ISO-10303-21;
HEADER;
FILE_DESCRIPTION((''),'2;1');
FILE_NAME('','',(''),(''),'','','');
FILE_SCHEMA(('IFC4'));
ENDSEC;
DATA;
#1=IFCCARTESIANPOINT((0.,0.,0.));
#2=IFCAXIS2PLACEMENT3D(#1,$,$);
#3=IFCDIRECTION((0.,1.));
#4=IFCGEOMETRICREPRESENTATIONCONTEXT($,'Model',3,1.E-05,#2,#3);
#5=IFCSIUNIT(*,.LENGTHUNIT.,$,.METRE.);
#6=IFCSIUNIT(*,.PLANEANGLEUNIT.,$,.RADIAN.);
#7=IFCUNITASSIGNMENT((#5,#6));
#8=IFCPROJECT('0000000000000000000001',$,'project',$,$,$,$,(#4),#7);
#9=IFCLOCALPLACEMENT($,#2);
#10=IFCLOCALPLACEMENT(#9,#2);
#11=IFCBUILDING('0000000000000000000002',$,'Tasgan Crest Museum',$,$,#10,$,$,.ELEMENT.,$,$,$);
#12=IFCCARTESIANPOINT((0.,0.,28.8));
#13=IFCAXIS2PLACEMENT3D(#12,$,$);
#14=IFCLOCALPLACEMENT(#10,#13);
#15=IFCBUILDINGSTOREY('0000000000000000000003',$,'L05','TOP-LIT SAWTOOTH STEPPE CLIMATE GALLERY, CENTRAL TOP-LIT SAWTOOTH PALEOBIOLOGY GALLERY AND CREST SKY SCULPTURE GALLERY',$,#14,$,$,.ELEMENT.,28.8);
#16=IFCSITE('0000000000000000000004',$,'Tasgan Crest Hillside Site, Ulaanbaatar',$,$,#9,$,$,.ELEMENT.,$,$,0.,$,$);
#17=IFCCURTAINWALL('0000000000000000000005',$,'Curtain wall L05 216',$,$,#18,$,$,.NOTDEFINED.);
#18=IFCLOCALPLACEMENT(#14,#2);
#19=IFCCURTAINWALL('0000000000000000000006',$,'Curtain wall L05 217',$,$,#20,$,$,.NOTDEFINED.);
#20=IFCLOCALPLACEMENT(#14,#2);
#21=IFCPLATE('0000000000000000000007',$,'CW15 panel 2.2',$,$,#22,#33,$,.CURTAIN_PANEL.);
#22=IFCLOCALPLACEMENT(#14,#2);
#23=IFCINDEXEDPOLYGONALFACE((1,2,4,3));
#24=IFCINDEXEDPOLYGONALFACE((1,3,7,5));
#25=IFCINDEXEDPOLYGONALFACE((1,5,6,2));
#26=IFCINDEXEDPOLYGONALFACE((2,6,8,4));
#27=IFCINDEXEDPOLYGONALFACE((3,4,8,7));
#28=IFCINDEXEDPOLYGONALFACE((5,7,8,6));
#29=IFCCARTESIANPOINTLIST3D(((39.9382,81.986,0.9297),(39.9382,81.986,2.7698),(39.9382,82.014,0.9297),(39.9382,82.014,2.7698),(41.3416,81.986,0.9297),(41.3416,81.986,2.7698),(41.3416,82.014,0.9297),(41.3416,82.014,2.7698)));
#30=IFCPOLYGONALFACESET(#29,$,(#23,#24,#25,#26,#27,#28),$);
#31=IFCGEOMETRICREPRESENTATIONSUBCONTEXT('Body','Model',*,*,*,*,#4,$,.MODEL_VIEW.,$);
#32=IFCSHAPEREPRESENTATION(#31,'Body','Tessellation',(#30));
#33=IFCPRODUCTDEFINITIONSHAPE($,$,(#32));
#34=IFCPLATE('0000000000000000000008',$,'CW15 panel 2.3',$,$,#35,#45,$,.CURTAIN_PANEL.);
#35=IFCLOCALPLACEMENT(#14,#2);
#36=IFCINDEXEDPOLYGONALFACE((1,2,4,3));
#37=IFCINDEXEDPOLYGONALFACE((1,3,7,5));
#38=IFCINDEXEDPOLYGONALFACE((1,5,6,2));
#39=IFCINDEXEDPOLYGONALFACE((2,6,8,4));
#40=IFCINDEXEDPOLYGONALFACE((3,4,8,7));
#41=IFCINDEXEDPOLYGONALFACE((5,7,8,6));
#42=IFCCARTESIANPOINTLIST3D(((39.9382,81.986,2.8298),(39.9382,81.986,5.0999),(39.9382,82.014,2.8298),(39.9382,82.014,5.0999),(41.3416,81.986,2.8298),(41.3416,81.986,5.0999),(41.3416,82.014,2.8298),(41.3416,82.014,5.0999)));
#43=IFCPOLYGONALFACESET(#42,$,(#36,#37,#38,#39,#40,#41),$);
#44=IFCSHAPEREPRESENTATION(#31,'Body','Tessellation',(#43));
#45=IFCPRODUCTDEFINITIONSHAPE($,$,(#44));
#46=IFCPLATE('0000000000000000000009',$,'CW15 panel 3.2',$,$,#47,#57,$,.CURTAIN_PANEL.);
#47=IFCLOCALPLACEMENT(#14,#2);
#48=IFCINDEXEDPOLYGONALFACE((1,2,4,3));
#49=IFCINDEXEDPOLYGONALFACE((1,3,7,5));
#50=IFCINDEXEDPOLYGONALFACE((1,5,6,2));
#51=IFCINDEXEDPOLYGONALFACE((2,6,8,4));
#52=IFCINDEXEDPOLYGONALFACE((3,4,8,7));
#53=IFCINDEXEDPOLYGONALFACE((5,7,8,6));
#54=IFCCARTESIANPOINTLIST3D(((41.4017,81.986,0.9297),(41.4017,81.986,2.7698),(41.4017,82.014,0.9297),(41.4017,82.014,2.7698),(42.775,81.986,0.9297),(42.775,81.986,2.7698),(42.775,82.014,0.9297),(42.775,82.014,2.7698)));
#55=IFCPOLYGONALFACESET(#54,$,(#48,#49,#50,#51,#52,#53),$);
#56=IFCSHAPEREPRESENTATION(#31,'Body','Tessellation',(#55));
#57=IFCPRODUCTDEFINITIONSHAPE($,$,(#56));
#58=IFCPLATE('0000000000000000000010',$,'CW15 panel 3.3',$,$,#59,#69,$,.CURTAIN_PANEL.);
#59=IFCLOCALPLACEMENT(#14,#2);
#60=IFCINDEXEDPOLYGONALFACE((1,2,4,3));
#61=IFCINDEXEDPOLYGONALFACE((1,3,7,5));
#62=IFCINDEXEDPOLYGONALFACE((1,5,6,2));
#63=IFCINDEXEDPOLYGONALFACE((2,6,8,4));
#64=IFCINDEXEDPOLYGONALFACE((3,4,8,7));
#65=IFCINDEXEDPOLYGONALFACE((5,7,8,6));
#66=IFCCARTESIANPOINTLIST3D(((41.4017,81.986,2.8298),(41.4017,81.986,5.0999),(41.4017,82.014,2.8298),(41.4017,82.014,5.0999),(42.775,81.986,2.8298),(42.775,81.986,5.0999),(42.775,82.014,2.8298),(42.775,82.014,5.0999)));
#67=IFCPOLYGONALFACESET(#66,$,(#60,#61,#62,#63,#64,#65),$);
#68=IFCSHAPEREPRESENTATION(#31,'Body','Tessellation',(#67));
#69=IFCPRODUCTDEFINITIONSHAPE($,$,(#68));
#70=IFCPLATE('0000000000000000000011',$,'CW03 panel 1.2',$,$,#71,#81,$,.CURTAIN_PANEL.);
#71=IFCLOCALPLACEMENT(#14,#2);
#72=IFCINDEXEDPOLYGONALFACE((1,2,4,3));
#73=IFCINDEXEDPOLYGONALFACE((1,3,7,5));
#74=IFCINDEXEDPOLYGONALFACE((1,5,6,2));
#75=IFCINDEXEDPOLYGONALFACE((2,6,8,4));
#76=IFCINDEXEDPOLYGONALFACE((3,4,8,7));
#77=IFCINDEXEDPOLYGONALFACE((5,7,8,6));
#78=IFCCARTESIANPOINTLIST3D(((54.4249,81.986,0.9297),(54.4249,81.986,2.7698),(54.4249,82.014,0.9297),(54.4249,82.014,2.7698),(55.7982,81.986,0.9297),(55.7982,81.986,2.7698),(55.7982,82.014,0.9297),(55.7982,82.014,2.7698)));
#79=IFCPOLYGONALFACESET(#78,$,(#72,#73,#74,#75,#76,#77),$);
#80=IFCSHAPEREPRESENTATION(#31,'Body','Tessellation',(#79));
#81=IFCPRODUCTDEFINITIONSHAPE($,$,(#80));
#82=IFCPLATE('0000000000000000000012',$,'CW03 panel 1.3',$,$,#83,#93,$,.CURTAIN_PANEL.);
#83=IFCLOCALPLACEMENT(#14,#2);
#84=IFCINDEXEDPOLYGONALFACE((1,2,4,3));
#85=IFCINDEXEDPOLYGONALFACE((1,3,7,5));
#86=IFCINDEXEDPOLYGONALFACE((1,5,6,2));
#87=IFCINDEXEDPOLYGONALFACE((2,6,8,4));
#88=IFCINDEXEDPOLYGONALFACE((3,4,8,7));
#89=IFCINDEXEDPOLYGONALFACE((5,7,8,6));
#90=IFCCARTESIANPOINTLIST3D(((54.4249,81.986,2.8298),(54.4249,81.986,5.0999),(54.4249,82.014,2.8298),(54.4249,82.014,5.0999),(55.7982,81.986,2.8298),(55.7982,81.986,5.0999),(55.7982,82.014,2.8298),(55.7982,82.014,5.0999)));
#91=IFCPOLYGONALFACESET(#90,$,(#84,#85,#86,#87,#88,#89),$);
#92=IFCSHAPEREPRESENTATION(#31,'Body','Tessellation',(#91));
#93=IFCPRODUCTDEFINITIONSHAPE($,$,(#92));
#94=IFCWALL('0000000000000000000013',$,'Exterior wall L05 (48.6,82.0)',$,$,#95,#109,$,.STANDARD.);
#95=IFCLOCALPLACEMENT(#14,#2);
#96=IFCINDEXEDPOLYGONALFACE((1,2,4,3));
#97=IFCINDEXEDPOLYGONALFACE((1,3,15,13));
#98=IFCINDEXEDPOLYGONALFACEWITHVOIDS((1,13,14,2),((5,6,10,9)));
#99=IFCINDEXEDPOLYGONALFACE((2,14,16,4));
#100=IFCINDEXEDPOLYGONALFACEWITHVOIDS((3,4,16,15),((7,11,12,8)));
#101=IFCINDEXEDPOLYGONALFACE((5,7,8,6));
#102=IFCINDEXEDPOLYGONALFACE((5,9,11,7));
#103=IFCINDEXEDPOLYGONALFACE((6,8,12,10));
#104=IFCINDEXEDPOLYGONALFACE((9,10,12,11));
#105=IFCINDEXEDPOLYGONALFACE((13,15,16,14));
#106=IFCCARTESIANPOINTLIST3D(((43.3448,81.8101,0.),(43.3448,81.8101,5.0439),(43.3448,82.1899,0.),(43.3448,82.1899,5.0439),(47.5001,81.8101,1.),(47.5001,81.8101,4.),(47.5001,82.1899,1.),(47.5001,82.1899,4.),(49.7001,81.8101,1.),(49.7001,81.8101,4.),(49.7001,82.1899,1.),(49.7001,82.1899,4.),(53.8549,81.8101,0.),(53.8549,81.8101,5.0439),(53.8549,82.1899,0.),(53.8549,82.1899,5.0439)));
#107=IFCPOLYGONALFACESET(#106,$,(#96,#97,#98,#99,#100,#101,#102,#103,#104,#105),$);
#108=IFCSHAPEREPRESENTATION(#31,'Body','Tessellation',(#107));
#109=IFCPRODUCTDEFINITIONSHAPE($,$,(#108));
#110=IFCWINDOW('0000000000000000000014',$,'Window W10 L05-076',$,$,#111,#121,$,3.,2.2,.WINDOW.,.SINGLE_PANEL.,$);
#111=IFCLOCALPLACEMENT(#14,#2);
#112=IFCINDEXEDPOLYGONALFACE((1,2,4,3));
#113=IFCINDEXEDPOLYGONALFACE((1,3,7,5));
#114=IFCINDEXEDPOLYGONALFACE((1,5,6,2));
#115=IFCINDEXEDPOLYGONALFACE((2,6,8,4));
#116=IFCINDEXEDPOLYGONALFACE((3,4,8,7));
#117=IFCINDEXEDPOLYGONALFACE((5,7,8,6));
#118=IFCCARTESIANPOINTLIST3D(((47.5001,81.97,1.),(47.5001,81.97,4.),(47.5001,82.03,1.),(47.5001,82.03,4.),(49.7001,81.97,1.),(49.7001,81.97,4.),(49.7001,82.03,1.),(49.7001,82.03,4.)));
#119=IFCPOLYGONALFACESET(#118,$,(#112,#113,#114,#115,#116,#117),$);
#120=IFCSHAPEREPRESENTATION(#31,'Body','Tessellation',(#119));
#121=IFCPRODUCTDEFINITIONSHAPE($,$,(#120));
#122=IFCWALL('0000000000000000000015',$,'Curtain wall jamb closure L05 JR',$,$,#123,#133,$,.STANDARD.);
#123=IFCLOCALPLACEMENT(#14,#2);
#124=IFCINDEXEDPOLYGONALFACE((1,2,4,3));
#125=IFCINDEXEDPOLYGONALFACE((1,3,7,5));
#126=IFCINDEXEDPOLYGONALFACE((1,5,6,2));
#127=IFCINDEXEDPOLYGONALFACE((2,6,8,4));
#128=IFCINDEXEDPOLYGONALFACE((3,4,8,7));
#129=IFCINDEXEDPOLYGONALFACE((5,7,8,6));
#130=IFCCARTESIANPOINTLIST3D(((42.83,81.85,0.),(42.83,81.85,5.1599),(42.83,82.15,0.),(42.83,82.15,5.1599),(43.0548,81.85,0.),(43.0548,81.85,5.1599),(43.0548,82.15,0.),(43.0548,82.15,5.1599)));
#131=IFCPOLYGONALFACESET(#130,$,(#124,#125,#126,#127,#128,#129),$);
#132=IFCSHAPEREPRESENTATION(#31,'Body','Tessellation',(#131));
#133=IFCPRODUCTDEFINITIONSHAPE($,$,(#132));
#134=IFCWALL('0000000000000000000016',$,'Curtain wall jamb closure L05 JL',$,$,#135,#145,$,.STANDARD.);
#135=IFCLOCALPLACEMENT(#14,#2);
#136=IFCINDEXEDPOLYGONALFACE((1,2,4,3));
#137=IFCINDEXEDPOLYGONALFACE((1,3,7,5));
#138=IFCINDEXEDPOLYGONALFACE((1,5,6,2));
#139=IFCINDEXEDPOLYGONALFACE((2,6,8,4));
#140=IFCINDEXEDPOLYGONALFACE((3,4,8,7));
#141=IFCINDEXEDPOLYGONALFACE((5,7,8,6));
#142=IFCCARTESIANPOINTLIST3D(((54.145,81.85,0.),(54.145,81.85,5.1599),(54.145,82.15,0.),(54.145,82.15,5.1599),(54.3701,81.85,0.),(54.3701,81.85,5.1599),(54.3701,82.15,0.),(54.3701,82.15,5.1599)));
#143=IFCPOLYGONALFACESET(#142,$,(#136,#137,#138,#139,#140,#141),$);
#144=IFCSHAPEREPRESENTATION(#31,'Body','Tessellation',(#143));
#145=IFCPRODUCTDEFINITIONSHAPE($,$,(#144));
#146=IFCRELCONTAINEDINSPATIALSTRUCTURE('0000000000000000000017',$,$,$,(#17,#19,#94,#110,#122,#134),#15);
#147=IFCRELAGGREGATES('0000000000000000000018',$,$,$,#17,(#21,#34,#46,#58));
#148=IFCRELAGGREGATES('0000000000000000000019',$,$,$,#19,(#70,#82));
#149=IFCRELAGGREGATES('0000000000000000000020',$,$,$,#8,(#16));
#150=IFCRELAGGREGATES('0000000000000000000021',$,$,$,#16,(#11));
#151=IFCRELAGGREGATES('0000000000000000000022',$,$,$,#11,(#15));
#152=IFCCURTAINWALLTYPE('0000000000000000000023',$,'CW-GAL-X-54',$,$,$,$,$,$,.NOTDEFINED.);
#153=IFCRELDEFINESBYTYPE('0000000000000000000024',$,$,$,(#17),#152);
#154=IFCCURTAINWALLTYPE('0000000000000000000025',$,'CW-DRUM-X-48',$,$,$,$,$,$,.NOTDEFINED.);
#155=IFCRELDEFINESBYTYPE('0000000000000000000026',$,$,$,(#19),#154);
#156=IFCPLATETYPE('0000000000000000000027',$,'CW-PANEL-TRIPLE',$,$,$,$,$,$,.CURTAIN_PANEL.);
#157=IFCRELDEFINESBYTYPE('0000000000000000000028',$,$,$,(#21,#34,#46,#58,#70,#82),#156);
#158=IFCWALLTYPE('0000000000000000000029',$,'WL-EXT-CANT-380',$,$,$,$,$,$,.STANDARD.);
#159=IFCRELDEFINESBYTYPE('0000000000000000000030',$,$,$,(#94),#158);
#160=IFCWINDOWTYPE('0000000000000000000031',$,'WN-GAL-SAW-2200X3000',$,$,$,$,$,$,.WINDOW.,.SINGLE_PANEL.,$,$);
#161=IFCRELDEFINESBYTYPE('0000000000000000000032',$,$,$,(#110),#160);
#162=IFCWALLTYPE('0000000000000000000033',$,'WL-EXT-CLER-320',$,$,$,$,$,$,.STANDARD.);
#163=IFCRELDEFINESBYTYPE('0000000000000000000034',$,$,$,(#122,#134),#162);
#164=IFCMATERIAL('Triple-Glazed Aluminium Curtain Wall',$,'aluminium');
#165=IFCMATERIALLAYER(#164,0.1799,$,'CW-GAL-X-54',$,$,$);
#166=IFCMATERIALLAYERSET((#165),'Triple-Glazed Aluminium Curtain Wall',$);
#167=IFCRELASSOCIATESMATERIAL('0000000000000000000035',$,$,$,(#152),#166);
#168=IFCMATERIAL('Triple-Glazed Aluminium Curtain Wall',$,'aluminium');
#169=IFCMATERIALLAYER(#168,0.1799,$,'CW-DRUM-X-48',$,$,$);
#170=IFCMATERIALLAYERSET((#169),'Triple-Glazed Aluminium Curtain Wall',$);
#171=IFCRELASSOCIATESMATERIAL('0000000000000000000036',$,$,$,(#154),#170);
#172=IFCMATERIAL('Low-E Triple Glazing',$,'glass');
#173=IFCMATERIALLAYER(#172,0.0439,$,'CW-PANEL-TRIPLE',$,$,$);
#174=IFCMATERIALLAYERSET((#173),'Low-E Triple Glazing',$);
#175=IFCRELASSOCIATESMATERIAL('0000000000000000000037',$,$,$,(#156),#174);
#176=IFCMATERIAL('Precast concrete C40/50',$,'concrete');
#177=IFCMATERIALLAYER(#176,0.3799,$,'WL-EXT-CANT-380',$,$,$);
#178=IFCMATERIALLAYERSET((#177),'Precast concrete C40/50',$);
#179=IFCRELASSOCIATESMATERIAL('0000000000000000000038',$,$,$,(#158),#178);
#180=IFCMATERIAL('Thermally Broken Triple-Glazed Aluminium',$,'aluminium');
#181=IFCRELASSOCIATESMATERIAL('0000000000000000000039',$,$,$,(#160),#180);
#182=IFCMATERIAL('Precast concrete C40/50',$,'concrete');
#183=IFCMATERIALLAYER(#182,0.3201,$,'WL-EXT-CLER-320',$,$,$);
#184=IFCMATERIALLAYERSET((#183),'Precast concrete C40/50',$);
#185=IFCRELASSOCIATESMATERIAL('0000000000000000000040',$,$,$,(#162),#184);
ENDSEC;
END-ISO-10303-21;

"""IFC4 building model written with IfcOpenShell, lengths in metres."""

from ifc_helpers import new_model, si_unit, direction, frame, frame_2d, origin, origin_2d, place, context, subcontext, project, spatial, rectangle, extrude, material, layer, layer_set, type_object, element, fill, aggregate, save


model = new_model("IFC4")

# Units and contexts
model_context = context("Model", 3, precision=1e-05, world=origin(), true_north=direction((0.0, 1.0)))
body_context = subcontext(model_context, "Body", "Model", "MODEL_VIEW")
ifc_project = project(units=[si_unit("LENGTHUNIT", "METRE"), si_unit("PLANEANGLEUNIT", "RADIAN")], contexts=[model_context])

# Site, building, storey
site_placement = place(None, origin())
site = spatial("IfcSite", under=ifc_project, at=site_placement, Name="Tasgan Crest Hillside Site, Ulaanbaatar", CompositionType="ELEMENT", RefElevation=0.0)
building_placement = place(site_placement, origin())
building = spatial("IfcBuilding", under=site, at=building_placement, Name="Tasgan Crest Museum", CompositionType="ELEMENT")
storey_placement = place(building_placement, frame((0.0, 0.0, 28.8)))
storey = spatial("IfcBuildingStorey", under=building, at=storey_placement, Name="L05", Description="TOP-LIT SAWTOOTH STEPPE CLIMATE GALLERY, CENTRAL TOP-LIT SAWTOOTH PALEOBIOLOGY GALLERY AND CREST SKY SCULPTURE GALLERY", CompositionType="ELEMENT", Elevation=28.8)

# Curtain walls
ifc_material_1 = material(Name="Triple-Glazed Aluminium Curtain Wall", Category="aluminium")
ifc_layer_1 = layer(ifc_material_1, 0.1799, Name="CW-GAL-X-54")
ifc_layer_set_1 = layer_set([ifc_layer_1], Name="Triple-Glazed Aluminium Curtain Wall")
curtain_wall_type_1 = type_object("IfcCurtainWallType", Name="CW-GAL-X-54", PredefinedType="NOTDEFINED", material=ifc_layer_set_1)
curtain_wall_1_placement = place(storey_placement, origin())
curtain_wall_1 = element("IfcCurtainWall", 1, at=curtain_wall_1_placement, inside=storey, type_object=curtain_wall_type_1, Name="Curtain wall L05 216", PredefinedType="NOTDEFINED")
ifc_material_2 = material(Name="Triple-Glazed Aluminium Curtain Wall", Category="aluminium")
ifc_layer_2 = layer(ifc_material_2, 0.1799, Name="CW-DRUM-X-48")
ifc_layer_set_2 = layer_set([ifc_layer_2], Name="Triple-Glazed Aluminium Curtain Wall")
curtain_wall_type_2 = type_object("IfcCurtainWallType", Name="CW-DRUM-X-48", PredefinedType="NOTDEFINED", material=ifc_layer_set_2)
curtain_wall_2_placement = place(storey_placement, origin())
curtain_wall_2 = element("IfcCurtainWall", 2, at=curtain_wall_2_placement, inside=storey, type_object=curtain_wall_type_2, Name="Curtain wall L05 217", PredefinedType="NOTDEFINED")

# Plates
ifc_material_3 = material(Name="Low-E Triple Glazing", Category="glass")
ifc_layer_3 = layer(ifc_material_3, 0.0439, Name="CW-PANEL-TRIPLE")
ifc_layer_set_3 = layer_set([ifc_layer_3], Name="Low-E Triple Glazing")
plate_type_1 = type_object("IfcPlateType", Name="CW-PANEL-TRIPLE", PredefinedType="CURTAIN_PANEL", material=ifc_layer_set_3)
plate_1_placement = place(storey_placement, frame((40.6399, 82.0, 0.9297), z_axis=(0.0, 0.0, 1.0), x_axis=(1.0, 0.0, 0.0)))
plate_1 = element("IfcPlate", 3, at=plate_1_placement, type_object=plate_type_1, Name="CW15 panel 2.2", PredefinedType="CURTAIN_PANEL", context=body_context, shape_type="SweptSolid", body=[
    extrude(rectangle(XDim=1.4033, YDim=0.0281, at=origin_2d()), origin(), (0.0, 0.0, 1.0), 1.8401),
])
plate_2_placement = place(storey_placement, frame((40.6399, 82.0, 2.8298), z_axis=(0.0, 0.0, 1.0), x_axis=(1.0, 0.0, 0.0)))
plate_2 = element("IfcPlate", 4, at=plate_2_placement, type_object=plate_type_1, Name="CW15 panel 2.3", PredefinedType="CURTAIN_PANEL", context=body_context, shape_type="SweptSolid", body=[
    extrude(rectangle(XDim=1.4033, YDim=0.0281, at=origin_2d()), origin(), (0.0, 0.0, 1.0), 2.27),
])
plate_3_placement = place(storey_placement, frame((42.0884, 82.0, 0.9297), z_axis=(0.0, 0.0, 1.0), x_axis=(1.0, 0.0, 0.0)))
plate_3 = element("IfcPlate", 5, at=plate_3_placement, type_object=plate_type_1, Name="CW15 panel 3.2", PredefinedType="CURTAIN_PANEL", context=body_context, shape_type="SweptSolid", body=[
    extrude(rectangle(XDim=1.3733, YDim=0.0281, at=origin_2d()), origin(), (0.0, 0.0, 1.0), 1.8401),
])
plate_4_placement = place(storey_placement, frame((42.0884, 82.0, 2.8298), z_axis=(0.0, 0.0, 1.0), x_axis=(1.0, 0.0, 0.0)))
plate_4 = element("IfcPlate", 6, at=plate_4_placement, type_object=plate_type_1, Name="CW15 panel 3.3", PredefinedType="CURTAIN_PANEL", context=body_context, shape_type="SweptSolid", body=[
    extrude(rectangle(XDim=1.3733, YDim=0.0281, at=origin_2d()), origin(), (0.0, 0.0, 1.0), 2.27),
])
aggregate(curtain_wall_1, [plate_1, plate_2, plate_3, plate_4])
plate_5_placement = place(storey_placement, frame((55.1116, 82.0, 0.9297), z_axis=(0.0, 0.0, 1.0), x_axis=(1.0, 0.0, 0.0)))
plate_5 = element("IfcPlate", 7, at=plate_5_placement, type_object=plate_type_1, Name="CW03 panel 1.2", PredefinedType="CURTAIN_PANEL", context=body_context, shape_type="SweptSolid", body=[
    extrude(rectangle(XDim=1.3733, YDim=0.0281, at=origin_2d()), origin(), (0.0, 0.0, 1.0), 1.8401),
])
plate_6_placement = place(storey_placement, frame((55.1116, 82.0, 2.8298), z_axis=(0.0, 0.0, 1.0), x_axis=(1.0, 0.0, 0.0)))
plate_6 = element("IfcPlate", 8, at=plate_6_placement, type_object=plate_type_1, Name="CW03 panel 1.3", PredefinedType="CURTAIN_PANEL", context=body_context, shape_type="SweptSolid", body=[
    extrude(rectangle(XDim=1.3733, YDim=0.0281, at=origin_2d()), origin(), (0.0, 0.0, 1.0), 2.27),
])
aggregate(curtain_wall_2, [plate_5, plate_6])

# Wall, opening, window
ifc_material_4 = material(Name="Precast concrete C40/50", Category="concrete")
ifc_layer_4 = layer(ifc_material_4, 0.3799, Name="WL-EXT-CANT-380")
ifc_layer_set_4 = layer_set([ifc_layer_4], Name="Precast concrete C40/50")
wall_type_1 = type_object("IfcWallType", Name="WL-EXT-CANT-380", PredefinedType="STANDARD", material=ifc_layer_set_4)
wall_1_placement = place(storey_placement, frame((43.345, 82.0, 0.0), z_axis=(0.0, 0.0, 1.0), x_axis=(1.0, 0.0, 0.0)))
wall_1 = element("IfcWall", 9, at=wall_1_placement, inside=storey, type_object=wall_type_1, Name="Exterior wall L05 (48.6,82.0)", PredefinedType="STANDARD", context=body_context, shape_type="SweptSolid", body=[
    extrude(rectangle(XDim=10.51, YDim=0.3799, at=frame_2d((5.2549, 0.0))), origin(), (0.0, 0.0, 1.0), 5.0439),
])
opening_placement = place(wall_1_placement, frame((4.155, 0.0, 1.0)))
opening = element("IfcOpeningElement", 10, at=opening_placement, cuts=wall_1, PredefinedType="OPENING", context=body_context, shape_type="SweptSolid", body=[
    extrude(rectangle(XDim=2.2, YDim=3.0, at=frame_2d((1.1001, 1.5))), frame((0.0, 0.2, 0.0), z_axis=(0.0, -1.0, 0.0), x_axis=(1.0, 0.0, 0.0)), (0.0, 0.0, 1.0), 0.3999),
])
ifc_material_5 = material(Name="Thermally Broken Triple-Glazed Aluminium", Category="aluminium")
window_type = type_object("IfcWindowType", Name="WN-GAL-SAW-2200X3000", PartitioningType="SINGLE_PANEL", PredefinedType="WINDOW", material=ifc_material_5)
window_placement = place(opening_placement, origin())
window = element("IfcWindow", 11, at=window_placement, inside=storey, type_object=window_type, Name="Window W10 L05-076", OverallHeight=3.0, OverallWidth=2.2, PartitioningType="SINGLE_PANEL", PredefinedType="WINDOW", context=body_context, shape_type="SweptSolid", body=[
    extrude(rectangle(XDim=2.2, YDim=3.0, at=frame_2d((1.1001, 1.5))), frame((0.0, 0.03, 0.0), z_axis=(0.0, -1.0, 0.0), x_axis=(1.0, 0.0, 0.0)), (0.0, 0.0, 1.0), 0.0601),
])
fill(opening, window)

# Walls
ifc_material_6 = material(Name="Precast concrete C40/50", Category="concrete")
ifc_layer_5 = layer(ifc_material_6, 0.3201, Name="WL-EXT-CLER-320")
ifc_layer_set_5 = layer_set([ifc_layer_5], Name="Precast concrete C40/50")
wall_type_2 = type_object("IfcWallType", Name="WL-EXT-CLER-320", PredefinedType="STANDARD", material=ifc_layer_set_5)
wall_2_placement = place(storey_placement, frame((42.8301, 82.0, 0.0), z_axis=(0.0, 0.0, 1.0), x_axis=(1.0, 0.0, 0.0)))
element("IfcWall", 12, at=wall_2_placement, inside=storey, type_object=wall_type_2, Name="Curtain wall jamb closure L05 JR", PredefinedType="STANDARD", context=body_context, shape_type="SweptSolid", body=[
    extrude(rectangle(XDim=0.2249, YDim=0.3, at=frame_2d((0.1123, 0.0))), origin(), (0.0, 0.0, 1.0), 5.1599),
])
wall_3_placement = place(storey_placement, frame((54.145, 82.0, 0.0), z_axis=(0.0, 0.0, 1.0), x_axis=(1.0, 0.0, 0.0)))
element("IfcWall", 13, at=wall_3_placement, inside=storey, type_object=wall_type_2, Name="Curtain wall jamb closure L05 JL", PredefinedType="STANDARD", context=body_context, shape_type="SweptSolid", body=[
    extrude(rectangle(XDim=0.2251, YDim=0.3, at=frame_2d((0.1125, 0.0))), origin(), (0.0, 0.0, 1.0), 5.1599),
])

save(model, "model.ifc")
